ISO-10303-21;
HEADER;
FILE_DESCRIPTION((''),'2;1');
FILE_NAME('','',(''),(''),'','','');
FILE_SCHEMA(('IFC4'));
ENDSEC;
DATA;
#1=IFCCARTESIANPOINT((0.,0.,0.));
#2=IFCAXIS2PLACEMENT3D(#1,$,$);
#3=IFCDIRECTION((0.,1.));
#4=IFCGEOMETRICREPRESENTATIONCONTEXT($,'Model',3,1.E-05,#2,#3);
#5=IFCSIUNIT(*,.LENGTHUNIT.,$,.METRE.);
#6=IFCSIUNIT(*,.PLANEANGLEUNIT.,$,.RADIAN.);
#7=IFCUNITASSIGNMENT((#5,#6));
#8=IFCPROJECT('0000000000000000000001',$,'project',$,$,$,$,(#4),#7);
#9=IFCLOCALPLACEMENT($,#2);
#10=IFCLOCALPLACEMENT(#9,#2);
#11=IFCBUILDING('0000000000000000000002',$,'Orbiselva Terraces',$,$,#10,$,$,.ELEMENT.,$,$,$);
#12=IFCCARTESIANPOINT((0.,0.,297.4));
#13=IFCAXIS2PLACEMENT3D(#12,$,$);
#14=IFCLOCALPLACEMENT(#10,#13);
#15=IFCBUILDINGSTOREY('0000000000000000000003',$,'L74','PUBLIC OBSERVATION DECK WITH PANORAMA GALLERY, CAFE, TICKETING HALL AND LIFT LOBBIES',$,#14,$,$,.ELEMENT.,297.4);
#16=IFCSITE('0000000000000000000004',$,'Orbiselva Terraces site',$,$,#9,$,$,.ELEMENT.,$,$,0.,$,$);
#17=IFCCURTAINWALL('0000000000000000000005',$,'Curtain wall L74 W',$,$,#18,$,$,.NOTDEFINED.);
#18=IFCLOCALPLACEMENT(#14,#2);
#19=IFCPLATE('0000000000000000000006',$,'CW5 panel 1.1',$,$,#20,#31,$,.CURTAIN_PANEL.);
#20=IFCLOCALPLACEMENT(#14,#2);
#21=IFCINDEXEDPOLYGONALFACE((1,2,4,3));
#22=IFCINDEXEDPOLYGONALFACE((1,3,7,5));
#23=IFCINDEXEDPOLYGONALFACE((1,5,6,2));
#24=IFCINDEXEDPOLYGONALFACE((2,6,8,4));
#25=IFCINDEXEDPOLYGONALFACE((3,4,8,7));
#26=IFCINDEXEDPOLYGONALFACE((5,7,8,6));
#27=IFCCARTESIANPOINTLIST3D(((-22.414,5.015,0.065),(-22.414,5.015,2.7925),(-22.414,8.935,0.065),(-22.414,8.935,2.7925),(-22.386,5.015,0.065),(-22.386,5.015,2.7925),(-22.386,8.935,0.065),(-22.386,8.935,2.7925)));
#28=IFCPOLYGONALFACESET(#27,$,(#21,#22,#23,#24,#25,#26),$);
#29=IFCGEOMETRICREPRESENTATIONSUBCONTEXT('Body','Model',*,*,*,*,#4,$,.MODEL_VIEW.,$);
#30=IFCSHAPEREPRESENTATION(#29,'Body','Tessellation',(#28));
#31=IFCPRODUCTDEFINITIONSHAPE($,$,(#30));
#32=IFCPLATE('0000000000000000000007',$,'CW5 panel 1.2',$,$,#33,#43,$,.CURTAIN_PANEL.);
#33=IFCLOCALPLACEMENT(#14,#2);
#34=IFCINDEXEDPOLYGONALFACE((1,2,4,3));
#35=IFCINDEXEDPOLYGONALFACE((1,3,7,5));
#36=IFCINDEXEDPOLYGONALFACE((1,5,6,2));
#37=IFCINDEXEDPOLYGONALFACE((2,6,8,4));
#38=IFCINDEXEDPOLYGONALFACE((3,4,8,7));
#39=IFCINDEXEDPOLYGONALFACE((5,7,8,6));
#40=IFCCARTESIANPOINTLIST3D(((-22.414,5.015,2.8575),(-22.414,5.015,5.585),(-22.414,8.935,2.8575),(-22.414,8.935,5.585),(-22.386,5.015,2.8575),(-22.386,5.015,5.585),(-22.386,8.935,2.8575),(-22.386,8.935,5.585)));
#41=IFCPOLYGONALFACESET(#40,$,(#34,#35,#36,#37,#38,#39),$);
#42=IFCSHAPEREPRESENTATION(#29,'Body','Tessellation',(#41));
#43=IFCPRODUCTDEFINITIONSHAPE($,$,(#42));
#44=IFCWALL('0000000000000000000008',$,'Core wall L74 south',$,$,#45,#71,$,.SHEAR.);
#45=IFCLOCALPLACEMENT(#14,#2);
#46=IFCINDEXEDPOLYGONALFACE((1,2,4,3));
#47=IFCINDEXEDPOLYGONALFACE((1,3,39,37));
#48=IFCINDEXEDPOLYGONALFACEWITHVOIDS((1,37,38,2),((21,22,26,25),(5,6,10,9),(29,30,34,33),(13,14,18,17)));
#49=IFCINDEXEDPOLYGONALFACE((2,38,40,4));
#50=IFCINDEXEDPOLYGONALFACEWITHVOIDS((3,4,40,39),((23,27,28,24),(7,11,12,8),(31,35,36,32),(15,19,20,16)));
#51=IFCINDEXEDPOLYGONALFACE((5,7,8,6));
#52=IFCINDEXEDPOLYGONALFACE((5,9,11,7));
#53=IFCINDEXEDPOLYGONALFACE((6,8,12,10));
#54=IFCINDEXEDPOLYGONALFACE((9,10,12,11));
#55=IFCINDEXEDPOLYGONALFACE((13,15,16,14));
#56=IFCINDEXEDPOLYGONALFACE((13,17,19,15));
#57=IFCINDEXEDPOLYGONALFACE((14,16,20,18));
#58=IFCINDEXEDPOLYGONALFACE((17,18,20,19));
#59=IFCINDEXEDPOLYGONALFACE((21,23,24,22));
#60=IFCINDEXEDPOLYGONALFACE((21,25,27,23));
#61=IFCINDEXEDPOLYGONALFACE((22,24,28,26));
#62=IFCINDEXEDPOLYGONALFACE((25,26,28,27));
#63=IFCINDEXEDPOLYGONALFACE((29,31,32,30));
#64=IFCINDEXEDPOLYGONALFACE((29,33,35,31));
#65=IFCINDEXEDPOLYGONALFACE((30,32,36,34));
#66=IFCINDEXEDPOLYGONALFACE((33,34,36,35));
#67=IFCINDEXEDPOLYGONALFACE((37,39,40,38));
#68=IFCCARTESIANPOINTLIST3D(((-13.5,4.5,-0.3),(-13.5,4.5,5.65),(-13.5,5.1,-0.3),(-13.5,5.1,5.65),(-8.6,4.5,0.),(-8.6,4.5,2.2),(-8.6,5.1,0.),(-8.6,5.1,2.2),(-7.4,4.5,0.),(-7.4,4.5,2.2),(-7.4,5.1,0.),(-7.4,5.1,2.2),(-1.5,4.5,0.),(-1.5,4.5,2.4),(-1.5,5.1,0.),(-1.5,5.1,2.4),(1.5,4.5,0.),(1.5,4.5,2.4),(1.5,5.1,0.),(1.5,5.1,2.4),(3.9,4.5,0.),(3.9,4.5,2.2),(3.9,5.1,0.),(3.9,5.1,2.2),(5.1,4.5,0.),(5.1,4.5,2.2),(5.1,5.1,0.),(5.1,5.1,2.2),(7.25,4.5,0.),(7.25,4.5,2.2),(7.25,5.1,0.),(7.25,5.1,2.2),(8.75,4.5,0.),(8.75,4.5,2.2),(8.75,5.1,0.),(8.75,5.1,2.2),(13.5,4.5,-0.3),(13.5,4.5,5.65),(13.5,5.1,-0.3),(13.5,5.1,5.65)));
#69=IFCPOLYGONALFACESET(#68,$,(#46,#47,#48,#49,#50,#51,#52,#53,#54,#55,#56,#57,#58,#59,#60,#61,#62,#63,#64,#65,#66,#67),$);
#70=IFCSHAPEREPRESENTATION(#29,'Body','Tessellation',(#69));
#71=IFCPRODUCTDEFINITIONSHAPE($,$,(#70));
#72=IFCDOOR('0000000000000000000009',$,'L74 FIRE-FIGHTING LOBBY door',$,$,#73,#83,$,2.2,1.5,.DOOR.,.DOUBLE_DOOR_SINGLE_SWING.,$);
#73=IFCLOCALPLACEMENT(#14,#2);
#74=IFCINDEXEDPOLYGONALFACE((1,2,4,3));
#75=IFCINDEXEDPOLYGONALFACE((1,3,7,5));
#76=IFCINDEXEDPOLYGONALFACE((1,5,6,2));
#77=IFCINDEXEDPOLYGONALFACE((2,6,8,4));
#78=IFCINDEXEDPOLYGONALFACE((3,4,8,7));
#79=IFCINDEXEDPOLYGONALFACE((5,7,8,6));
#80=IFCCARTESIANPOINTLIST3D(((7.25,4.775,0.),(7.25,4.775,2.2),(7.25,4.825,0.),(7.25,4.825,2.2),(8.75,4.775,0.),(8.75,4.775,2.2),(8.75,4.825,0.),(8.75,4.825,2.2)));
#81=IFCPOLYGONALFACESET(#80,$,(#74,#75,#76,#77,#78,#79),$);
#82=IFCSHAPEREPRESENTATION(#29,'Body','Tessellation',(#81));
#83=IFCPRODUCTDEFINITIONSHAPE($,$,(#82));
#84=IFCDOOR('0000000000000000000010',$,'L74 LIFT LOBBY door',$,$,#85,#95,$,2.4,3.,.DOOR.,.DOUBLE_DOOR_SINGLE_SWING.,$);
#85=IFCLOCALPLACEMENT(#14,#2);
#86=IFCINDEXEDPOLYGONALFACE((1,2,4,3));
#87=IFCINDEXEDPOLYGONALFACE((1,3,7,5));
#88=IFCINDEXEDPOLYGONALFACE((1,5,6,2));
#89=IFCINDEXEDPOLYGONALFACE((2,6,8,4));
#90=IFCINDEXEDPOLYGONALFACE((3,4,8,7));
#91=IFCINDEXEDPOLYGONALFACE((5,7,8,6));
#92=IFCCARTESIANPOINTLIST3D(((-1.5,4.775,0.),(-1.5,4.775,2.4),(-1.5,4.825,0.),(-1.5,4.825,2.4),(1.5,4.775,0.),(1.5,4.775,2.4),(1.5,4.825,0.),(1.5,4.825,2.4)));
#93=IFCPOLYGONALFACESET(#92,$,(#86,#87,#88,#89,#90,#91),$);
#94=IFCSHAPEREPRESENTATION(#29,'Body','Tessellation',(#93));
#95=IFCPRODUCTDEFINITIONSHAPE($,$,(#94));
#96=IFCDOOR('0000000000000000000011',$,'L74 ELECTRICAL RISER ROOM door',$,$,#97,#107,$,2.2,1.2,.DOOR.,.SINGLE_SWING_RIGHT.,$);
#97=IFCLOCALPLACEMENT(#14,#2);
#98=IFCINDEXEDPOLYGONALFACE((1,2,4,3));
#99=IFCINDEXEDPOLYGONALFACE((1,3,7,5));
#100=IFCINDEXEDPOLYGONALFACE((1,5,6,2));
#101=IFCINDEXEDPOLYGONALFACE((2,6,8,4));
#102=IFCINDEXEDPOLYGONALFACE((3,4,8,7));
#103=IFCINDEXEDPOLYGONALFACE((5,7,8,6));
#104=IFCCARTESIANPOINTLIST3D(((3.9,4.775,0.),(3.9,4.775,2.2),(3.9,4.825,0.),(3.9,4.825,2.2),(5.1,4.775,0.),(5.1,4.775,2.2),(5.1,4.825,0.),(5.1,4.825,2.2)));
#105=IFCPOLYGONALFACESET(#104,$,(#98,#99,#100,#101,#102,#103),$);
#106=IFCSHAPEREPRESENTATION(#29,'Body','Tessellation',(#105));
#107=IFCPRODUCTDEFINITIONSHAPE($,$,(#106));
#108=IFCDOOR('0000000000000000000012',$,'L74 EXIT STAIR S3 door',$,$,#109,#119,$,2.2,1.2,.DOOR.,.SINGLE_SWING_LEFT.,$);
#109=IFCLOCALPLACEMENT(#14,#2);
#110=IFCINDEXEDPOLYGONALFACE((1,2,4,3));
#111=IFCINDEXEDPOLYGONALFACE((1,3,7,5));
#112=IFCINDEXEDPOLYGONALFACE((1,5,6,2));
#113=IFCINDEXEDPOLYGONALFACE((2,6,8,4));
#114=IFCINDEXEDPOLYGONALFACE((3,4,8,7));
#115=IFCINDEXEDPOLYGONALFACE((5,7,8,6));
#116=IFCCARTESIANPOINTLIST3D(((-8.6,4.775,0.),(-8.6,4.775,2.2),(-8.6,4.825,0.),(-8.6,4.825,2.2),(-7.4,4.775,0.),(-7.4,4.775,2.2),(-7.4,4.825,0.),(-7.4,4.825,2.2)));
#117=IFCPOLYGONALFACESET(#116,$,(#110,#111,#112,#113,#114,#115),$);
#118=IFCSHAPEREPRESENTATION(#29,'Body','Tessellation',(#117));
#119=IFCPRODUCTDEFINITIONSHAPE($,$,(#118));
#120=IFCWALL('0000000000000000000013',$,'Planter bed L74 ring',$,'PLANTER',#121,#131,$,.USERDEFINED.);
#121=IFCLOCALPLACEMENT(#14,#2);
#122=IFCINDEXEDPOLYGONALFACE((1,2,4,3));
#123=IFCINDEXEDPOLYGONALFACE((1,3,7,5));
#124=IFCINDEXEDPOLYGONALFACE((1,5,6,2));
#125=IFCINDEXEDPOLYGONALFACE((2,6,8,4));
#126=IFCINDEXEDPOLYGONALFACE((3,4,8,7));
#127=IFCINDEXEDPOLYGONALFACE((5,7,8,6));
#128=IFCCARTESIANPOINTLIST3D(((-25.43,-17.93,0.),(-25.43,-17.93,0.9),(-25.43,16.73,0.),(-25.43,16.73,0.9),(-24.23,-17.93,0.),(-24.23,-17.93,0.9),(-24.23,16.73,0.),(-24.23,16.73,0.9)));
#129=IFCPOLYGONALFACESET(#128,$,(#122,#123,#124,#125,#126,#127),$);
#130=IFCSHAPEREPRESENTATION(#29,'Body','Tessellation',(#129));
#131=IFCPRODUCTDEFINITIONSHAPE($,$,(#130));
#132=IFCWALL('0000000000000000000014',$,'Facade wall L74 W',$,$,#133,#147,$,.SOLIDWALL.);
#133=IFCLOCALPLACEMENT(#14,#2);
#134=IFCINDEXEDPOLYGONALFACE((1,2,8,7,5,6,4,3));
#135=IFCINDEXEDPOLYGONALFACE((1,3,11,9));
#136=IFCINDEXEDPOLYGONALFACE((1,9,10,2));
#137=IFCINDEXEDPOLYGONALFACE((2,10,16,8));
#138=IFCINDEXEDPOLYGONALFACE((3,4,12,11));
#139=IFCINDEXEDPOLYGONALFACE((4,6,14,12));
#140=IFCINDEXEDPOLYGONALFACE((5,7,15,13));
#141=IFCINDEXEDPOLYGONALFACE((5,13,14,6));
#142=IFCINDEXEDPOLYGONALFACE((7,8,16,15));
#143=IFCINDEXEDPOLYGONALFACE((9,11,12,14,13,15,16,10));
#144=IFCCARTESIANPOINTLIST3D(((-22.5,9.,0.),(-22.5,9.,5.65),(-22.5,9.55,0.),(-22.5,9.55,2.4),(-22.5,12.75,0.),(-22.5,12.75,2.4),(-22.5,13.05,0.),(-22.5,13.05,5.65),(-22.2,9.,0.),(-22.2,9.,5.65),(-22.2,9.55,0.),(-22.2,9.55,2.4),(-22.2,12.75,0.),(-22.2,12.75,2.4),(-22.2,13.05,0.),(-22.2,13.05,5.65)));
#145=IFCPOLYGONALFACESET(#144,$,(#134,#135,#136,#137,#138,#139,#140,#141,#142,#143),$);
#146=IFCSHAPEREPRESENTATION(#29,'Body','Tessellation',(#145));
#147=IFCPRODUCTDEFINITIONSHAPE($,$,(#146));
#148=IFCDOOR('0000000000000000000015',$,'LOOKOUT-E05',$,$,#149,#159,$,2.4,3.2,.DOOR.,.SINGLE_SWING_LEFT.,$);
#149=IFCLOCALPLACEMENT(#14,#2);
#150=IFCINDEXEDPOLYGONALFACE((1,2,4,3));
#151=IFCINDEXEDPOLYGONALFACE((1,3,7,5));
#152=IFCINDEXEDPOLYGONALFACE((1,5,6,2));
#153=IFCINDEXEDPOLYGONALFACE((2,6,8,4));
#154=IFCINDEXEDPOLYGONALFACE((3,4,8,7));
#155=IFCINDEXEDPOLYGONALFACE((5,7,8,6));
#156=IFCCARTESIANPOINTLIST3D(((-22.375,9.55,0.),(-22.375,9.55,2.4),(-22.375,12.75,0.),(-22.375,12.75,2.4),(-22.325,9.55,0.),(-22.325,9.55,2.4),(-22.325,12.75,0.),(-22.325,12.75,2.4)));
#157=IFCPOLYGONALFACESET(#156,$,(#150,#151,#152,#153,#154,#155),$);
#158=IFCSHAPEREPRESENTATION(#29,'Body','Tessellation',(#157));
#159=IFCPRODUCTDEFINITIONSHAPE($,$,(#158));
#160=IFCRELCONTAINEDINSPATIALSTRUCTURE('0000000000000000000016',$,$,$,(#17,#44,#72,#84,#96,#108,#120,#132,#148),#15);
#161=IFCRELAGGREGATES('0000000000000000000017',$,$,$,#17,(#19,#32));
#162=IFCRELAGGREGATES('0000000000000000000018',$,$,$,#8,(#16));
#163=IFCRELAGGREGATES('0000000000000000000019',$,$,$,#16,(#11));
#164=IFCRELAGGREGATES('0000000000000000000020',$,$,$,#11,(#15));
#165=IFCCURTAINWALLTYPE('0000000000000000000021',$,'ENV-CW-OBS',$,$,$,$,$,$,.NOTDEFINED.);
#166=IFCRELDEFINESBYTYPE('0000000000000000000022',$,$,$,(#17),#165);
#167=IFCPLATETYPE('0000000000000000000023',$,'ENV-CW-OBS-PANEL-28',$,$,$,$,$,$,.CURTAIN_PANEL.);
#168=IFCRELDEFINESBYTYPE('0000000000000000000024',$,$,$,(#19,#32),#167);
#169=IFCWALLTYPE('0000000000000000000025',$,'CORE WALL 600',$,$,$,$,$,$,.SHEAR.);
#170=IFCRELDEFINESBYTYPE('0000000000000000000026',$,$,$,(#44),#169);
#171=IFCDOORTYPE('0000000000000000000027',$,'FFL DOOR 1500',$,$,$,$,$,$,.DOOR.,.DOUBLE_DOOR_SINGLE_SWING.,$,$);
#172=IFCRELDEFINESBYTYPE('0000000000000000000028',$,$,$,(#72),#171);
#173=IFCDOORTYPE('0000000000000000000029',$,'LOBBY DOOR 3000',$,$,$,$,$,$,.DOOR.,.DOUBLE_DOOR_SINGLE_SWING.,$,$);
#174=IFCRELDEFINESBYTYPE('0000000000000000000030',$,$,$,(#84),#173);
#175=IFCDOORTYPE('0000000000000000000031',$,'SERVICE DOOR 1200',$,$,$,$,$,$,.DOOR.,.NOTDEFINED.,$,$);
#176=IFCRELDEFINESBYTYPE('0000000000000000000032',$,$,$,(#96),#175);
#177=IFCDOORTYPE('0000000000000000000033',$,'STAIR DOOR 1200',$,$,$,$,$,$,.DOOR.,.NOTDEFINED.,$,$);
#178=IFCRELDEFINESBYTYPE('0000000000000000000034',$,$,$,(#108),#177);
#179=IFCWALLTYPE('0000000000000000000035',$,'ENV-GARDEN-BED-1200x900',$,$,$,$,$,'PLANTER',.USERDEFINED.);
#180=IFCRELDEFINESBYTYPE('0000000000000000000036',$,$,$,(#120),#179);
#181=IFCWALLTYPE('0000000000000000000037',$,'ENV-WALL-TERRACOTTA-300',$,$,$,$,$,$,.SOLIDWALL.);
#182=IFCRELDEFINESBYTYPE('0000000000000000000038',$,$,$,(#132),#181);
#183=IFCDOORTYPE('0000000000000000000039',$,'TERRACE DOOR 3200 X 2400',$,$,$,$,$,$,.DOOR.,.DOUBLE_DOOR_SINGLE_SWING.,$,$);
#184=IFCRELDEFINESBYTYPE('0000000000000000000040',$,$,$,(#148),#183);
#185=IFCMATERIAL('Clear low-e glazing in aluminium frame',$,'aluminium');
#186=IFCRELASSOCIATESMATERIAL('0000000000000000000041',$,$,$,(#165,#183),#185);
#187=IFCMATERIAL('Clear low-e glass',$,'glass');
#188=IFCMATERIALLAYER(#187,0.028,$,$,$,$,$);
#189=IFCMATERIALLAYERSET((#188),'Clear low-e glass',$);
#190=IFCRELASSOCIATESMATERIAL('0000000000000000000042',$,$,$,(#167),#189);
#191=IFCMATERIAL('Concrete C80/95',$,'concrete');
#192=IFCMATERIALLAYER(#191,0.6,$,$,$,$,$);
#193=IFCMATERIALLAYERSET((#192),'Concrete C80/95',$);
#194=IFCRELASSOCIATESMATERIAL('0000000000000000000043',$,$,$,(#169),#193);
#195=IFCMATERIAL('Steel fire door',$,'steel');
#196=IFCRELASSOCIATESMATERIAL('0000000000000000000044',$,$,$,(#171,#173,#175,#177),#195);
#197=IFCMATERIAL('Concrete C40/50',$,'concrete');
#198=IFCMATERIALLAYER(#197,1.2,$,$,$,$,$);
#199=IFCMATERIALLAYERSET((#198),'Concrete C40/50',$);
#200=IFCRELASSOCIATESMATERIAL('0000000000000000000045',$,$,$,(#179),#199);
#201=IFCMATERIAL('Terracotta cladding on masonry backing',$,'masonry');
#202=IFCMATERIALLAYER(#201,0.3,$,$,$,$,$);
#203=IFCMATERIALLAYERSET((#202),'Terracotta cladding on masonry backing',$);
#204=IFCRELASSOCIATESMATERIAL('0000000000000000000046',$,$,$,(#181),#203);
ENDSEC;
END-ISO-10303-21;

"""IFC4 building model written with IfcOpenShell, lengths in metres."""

from ifc_helpers import new_model, si_unit, direction, frame, frame_2d, origin, origin_2d, place, context, subcontext, project, spatial, rectangle, extrude, material, layer, layer_set, type_object, element, fill, aggregate, save


model = new_model("IFC4")

# Units and contexts
model_context = context("Model", 3, precision=1e-05, world=origin(), true_north=direction((0.0, 1.0)))
body_context = subcontext(model_context, "Body", "Model", "MODEL_VIEW")
ifc_project = project(units=[si_unit("LENGTHUNIT", "METRE"), si_unit("PLANEANGLEUNIT", "RADIAN")], contexts=[model_context])

# Site, building, storey
site_placement = place(None, origin())
site = spatial("IfcSite", under=ifc_project, at=site_placement, Name="Orbiselva Terraces site", CompositionType="ELEMENT", RefElevation=0.0)
building_placement = place(site_placement, origin())
building = spatial("IfcBuilding", under=site, at=building_placement, Name="Orbiselva Terraces", CompositionType="ELEMENT")
storey_placement = place(building_placement, frame((0.0, 0.0, 297.4)))
storey = spatial("IfcBuildingStorey", under=building, at=storey_placement, Name="L74", Description="PUBLIC OBSERVATION DECK WITH PANORAMA GALLERY, CAFE, TICKETING HALL AND LIFT LOBBIES", CompositionType="ELEMENT", Elevation=297.4)

# Shared definitions
ifc_material_1 = material(Name="Clear low-e glazing in aluminium frame", Category="aluminium")
curtain_wall_type = type_object("IfcCurtainWallType", Name="ENV-CW-OBS", PredefinedType="NOTDEFINED", material=ifc_material_1)

# Curtain wall
curtain_wall_1_placement = place(storey_placement, origin())
curtain_wall_1 = element("IfcCurtainWall", 1, at=curtain_wall_1_placement, inside=storey, type_object=curtain_wall_type, Name="Curtain wall L74 W", PredefinedType="NOTDEFINED")

# Plates
ifc_material_2 = material(Name="Clear low-e glass", Category="glass")
ifc_layer_1 = layer(ifc_material_2, 0.028)
ifc_layer_set_1 = layer_set([ifc_layer_1], Name="Clear low-e glass")
plate_type = type_object("IfcPlateType", Name="ENV-CW-OBS-PANEL-28", PredefinedType="CURTAIN_PANEL", material=ifc_layer_set_1)
plate_1_placement = place(storey_placement, frame((-22.4, 6.975, 0.065), z_axis=(0.0, 0.0, 1.0), x_axis=(0.0, -1.0, 0.0)))
plate_1 = element("IfcPlate", 2, at=plate_1_placement, type_object=plate_type, Name="CW5 panel 1.1", PredefinedType="CURTAIN_PANEL", context=body_context, shape_type="SweptSolid", body=[
    extrude(rectangle(XDim=3.92, YDim=0.028, at=origin_2d()), origin(), (0.0, 0.0, 1.0), 2.7275),
])
plate_2_placement = place(storey_placement, frame((-22.4, 6.975, 2.8575), z_axis=(0.0, 0.0, 1.0), x_axis=(0.0, -1.0, 0.0)))
plate_2 = element("IfcPlate", 3, at=plate_2_placement, type_object=plate_type, Name="CW5 panel 1.2", PredefinedType="CURTAIN_PANEL", context=body_context, shape_type="SweptSolid", body=[
    extrude(rectangle(XDim=3.92, YDim=0.028, at=origin_2d()), origin(), (0.0, 0.0, 1.0), 2.7275),
])
aggregate(curtain_wall_1, [plate_1, plate_2])

# Wall, openings, doors
ifc_material_3 = material(Name="Concrete C80/95", Category="concrete")
ifc_layer_2 = layer(ifc_material_3, 0.6)
ifc_layer_set_2 = layer_set([ifc_layer_2], Name="Concrete C80/95")
wall_type_1 = type_object("IfcWallType", Name="CORE WALL 600", PredefinedType="SHEAR", material=ifc_layer_set_2)
wall_1_placement = place(storey_placement, frame((-13.5, 4.8, -0.3), z_axis=(0.0, 0.0, 1.0), x_axis=(1.0, 0.0, 0.0)))
wall_1 = element("IfcWall", 4, at=wall_1_placement, inside=storey, type_object=wall_type_1, Name="Core wall L74 south", PredefinedType="SHEAR", context=body_context, shape_type="SweptSolid", body=[
    extrude(rectangle(XDim=27.0, YDim=0.6, at=frame_2d((13.5, 0.0))), origin(), (0.0, 0.0, 1.0), 5.95),
])
opening_1_placement = place(wall_1_placement, frame((12.0, 0.0, 0.3)))
opening_1 = element("IfcOpeningElement", 5, at=opening_1_placement, cuts=wall_1, PredefinedType="OPENING", context=body_context, shape_type="SweptSolid", body=[
    extrude(rectangle(XDim=3.0, YDim=2.4, at=frame_2d((1.5, 1.2))), frame((0.0, 0.31, 0.0), z_axis=(0.0, -1.0, 0.0), x_axis=(1.0, 0.0, 0.0)), (0.0, 0.0, 1.0), 0.62),
])
opening_2_placement = place(wall_1_placement, frame((4.9, 0.0, 0.3)))
opening_2 = element("IfcOpeningElement", 6, at=opening_2_placement, cuts=wall_1, PredefinedType="OPENING", context=body_context, shape_type="SweptSolid", body=[
    extrude(rectangle(XDim=1.2, YDim=2.2, at=frame_2d((0.6, 1.1))), frame((0.0, 0.31, 0.0), z_axis=(0.0, -1.0, 0.0), x_axis=(1.0, 0.0, 0.0)), (0.0, 0.0, 1.0), 0.62),
])
opening_3_placement = place(wall_1_placement, frame((20.75, 0.0, 0.3)))
opening_3 = element("IfcOpeningElement", 7, at=opening_3_placement, cuts=wall_1, PredefinedType="OPENING", context=body_context, shape_type="SweptSolid", body=[
    extrude(rectangle(XDim=1.5, YDim=2.2, at=frame_2d((0.75, 1.1))), frame((0.0, 0.31, 0.0), z_axis=(0.0, -1.0, 0.0), x_axis=(1.0, 0.0, 0.0)), (0.0, 0.0, 1.0), 0.62),
])
opening_4_placement = place(wall_1_placement, frame((17.4, 0.0, 0.3)))
opening_4 = element("IfcOpeningElement", 8, at=opening_4_placement, cuts=wall_1, PredefinedType="OPENING", context=body_context, shape_type="SweptSolid", body=[
    extrude(rectangle(XDim=1.2, YDim=2.2, at=frame_2d((0.6, 1.1))), frame((0.0, 0.31, 0.0), z_axis=(0.0, -1.0, 0.0), x_axis=(1.0, 0.0, 0.0)), (0.0, 0.0, 1.0), 0.62),
])
ifc_material_4 = material(Name="Steel fire door", Category="steel")
door_type_1 = type_object("IfcDoorType", Name="FFL DOOR 1500", OperationType="DOUBLE_DOOR_SINGLE_SWING", PredefinedType="DOOR", material=ifc_material_4)
door_1_placement = place(opening_3_placement, frame((1.5, 0.0, 0.0), z_axis=(0.0, 0.0, 1.0), x_axis=(-1.0, 0.0, 0.0)))
door_1 = element("IfcDoor", 9, at=door_1_placement, inside=storey, type_object=door_type_1, Name="L74 FIRE-FIGHTING LOBBY door", OperationType="DOUBLE_DOOR_SINGLE_SWING", OverallHeight=2.2, OverallWidth=1.5, PredefinedType="DOOR", context=body_context, shape_type="SweptSolid", body=[
    extrude(rectangle(XDim=1.5, YDim=2.2, at=frame_2d((0.75, 1.1))), frame((0.0, 0.025, 0.0), z_axis=(0.0, -1.0, 0.0), x_axis=(1.0, 0.0, 0.0)), (0.0, 0.0, 1.0), 0.05),
])
fill(opening_3, door_1)
door_type_2 = type_object("IfcDoorType", Name="LOBBY DOOR 3000", OperationType="DOUBLE_DOOR_SINGLE_SWING", PredefinedType="DOOR", material=ifc_material_4)
door_2_placement = place(opening_1_placement, frame((3.0, 0.0, 0.0), z_axis=(0.0, 0.0, 1.0), x_axis=(-1.0, 0.0, 0.0)))
door_2 = element("IfcDoor", 10, at=door_2_placement, inside=storey, type_object=door_type_2, Name="L74 LIFT LOBBY door", OperationType="DOUBLE_DOOR_SINGLE_SWING", OverallHeight=2.4, OverallWidth=3.0, PredefinedType="DOOR", context=body_context, shape_type="SweptSolid", body=[
    extrude(rectangle(XDim=3.0, YDim=2.4, at=frame_2d((1.5, 1.2))), frame((0.0, 0.025, 0.0), z_axis=(0.0, -1.0, 0.0), x_axis=(1.0, 0.0, 0.0)), (0.0, 0.0, 1.0), 0.05),
])
fill(opening_1, door_2)
door_type_3 = type_object("IfcDoorType", Name="SERVICE DOOR 1200", OperationType="NOTDEFINED", PredefinedType="DOOR", material=ifc_material_4)
door_3_placement = place(opening_4_placement, frame((1.2, 0.0, 0.0), z_axis=(0.0, 0.0, 1.0), x_axis=(-1.0, 0.0, 0.0)))
door_3 = element("IfcDoor", 11, at=door_3_placement, inside=storey, type_object=door_type_3, Name="L74 ELECTRICAL RISER ROOM door", OperationType="SINGLE_SWING_RIGHT", OverallHeight=2.2, OverallWidth=1.2, PredefinedType="DOOR", context=body_context, shape_type="SweptSolid", body=[
    extrude(rectangle(XDim=1.2, YDim=2.2, at=frame_2d((0.6, 1.1))), frame((0.0, 0.025, 0.0), z_axis=(0.0, -1.0, 0.0), x_axis=(1.0, 0.0, 0.0)), (0.0, 0.0, 1.0), 0.05),
])
fill(opening_4, door_3)
door_type_4 = type_object("IfcDoorType", Name="STAIR DOOR 1200", OperationType="NOTDEFINED", PredefinedType="DOOR", material=ifc_material_4)
door_4_placement = place(opening_2_placement, frame((1.2, 0.0, 0.0), z_axis=(0.0, 0.0, 1.0), x_axis=(-1.0, 0.0, 0.0)))
door_4 = element("IfcDoor", 12, at=door_4_placement, inside=storey, type_object=door_type_4, Name="L74 EXIT STAIR S3 door", OperationType="SINGLE_SWING_LEFT", OverallHeight=2.2, OverallWidth=1.2, PredefinedType="DOOR", context=body_context, shape_type="SweptSolid", body=[
    extrude(rectangle(XDim=1.2, YDim=2.2, at=frame_2d((0.6, 1.1))), frame((0.0, 0.025, 0.0), z_axis=(0.0, -1.0, 0.0), x_axis=(1.0, 0.0, 0.0)), (0.0, 0.0, 1.0), 0.05),
])
fill(opening_2, door_4)

# Wall
ifc_material_5 = material(Name="Concrete C40/50", Category="concrete")
ifc_layer_3 = layer(ifc_material_5, 1.2)
ifc_layer_set_3 = layer_set([ifc_layer_3], Name="Concrete C40/50")
wall_type_2 = type_object("IfcWallType", Name="ENV-GARDEN-BED-1200x900", ElementType="PLANTER", PredefinedType="USERDEFINED", material=ifc_layer_set_3)
wall_2_placement = place(storey_placement, frame((-24.83, 16.73, 0.0), z_axis=(0.0, 0.0, 1.0), x_axis=(0.0, -1.0, 0.0)))
element("IfcWall", 13, at=wall_2_placement, inside=storey, type_object=wall_type_2, Name="Planter bed L74 ring", ObjectType="PLANTER", PredefinedType="USERDEFINED", context=body_context, shape_type="SweptSolid", body=[
    extrude(rectangle(XDim=34.66, YDim=1.2, at=frame_2d((17.33, 0.0))), origin(), (0.0, 0.0, 1.0), 0.9),
])

# Wall, opening, door
ifc_material_6 = material(Name="Terracotta cladding on masonry backing", Category="masonry")
ifc_layer_4 = layer(ifc_material_6, 0.3)
ifc_layer_set_4 = layer_set([ifc_layer_4], Name="Terracotta cladding on masonry backing")
wall_type_3 = type_object("IfcWallType", Name="ENV-WALL-TERRACOTTA-300", PredefinedType="SOLIDWALL", material=ifc_layer_set_4)
wall_3_placement = place(storey_placement, frame((-22.35, 9.0, 0.0), z_axis=(0.0, 0.0, 1.0), x_axis=(0.0, 1.0, 0.0)))
wall_3 = element("IfcWall", 14, at=wall_3_placement, inside=storey, type_object=wall_type_3, Name="Facade wall L74 W", PredefinedType="SOLIDWALL", context=body_context, shape_type="SweptSolid", body=[
    extrude(rectangle(XDim=4.05, YDim=0.3, at=frame_2d((2.025, 0.0))), origin(), (0.0, 0.0, 1.0), 5.65),
])
opening_5_placement = place(wall_3_placement, frame((0.55, 0.0, 0.0)))
opening_5 = element("IfcOpeningElement", 15, at=opening_5_placement, cuts=wall_3, PredefinedType="OPENING", context=body_context, shape_type="SweptSolid", body=[
    extrude(rectangle(XDim=3.2, YDim=2.4, at=frame_2d((1.6, 1.2))), frame((0.0, 0.16, 0.0), z_axis=(0.0, -1.0, 0.0), x_axis=(1.0, 0.0, 0.0)), (0.0, 0.0, 1.0), 0.32),
])
door_type_5 = type_object("IfcDoorType", Name="TERRACE DOOR 3200 X 2400", OperationType="DOUBLE_DOOR_SINGLE_SWING", PredefinedType="DOOR", material=ifc_material_1)
door_5_placement = place(opening_5_placement, origin())
door_5 = element("IfcDoor", 16, at=door_5_placement, inside=storey, type_object=door_type_5, Name="LOOKOUT-E05", OperationType="SINGLE_SWING_LEFT", OverallHeight=2.4, OverallWidth=3.2, PredefinedType="DOOR", context=body_context, shape_type="SweptSolid", body=[
    extrude(rectangle(XDim=3.2, YDim=2.4, at=frame_2d((1.6, 1.2))), frame((0.0, 0.025, 0.0), z_axis=(0.0, -1.0, 0.0), x_axis=(1.0, 0.0, 0.0)), (0.0, 0.0, 1.0), 0.05),
])
fill(opening_5, door_5)

save(model, "model.ifc")
